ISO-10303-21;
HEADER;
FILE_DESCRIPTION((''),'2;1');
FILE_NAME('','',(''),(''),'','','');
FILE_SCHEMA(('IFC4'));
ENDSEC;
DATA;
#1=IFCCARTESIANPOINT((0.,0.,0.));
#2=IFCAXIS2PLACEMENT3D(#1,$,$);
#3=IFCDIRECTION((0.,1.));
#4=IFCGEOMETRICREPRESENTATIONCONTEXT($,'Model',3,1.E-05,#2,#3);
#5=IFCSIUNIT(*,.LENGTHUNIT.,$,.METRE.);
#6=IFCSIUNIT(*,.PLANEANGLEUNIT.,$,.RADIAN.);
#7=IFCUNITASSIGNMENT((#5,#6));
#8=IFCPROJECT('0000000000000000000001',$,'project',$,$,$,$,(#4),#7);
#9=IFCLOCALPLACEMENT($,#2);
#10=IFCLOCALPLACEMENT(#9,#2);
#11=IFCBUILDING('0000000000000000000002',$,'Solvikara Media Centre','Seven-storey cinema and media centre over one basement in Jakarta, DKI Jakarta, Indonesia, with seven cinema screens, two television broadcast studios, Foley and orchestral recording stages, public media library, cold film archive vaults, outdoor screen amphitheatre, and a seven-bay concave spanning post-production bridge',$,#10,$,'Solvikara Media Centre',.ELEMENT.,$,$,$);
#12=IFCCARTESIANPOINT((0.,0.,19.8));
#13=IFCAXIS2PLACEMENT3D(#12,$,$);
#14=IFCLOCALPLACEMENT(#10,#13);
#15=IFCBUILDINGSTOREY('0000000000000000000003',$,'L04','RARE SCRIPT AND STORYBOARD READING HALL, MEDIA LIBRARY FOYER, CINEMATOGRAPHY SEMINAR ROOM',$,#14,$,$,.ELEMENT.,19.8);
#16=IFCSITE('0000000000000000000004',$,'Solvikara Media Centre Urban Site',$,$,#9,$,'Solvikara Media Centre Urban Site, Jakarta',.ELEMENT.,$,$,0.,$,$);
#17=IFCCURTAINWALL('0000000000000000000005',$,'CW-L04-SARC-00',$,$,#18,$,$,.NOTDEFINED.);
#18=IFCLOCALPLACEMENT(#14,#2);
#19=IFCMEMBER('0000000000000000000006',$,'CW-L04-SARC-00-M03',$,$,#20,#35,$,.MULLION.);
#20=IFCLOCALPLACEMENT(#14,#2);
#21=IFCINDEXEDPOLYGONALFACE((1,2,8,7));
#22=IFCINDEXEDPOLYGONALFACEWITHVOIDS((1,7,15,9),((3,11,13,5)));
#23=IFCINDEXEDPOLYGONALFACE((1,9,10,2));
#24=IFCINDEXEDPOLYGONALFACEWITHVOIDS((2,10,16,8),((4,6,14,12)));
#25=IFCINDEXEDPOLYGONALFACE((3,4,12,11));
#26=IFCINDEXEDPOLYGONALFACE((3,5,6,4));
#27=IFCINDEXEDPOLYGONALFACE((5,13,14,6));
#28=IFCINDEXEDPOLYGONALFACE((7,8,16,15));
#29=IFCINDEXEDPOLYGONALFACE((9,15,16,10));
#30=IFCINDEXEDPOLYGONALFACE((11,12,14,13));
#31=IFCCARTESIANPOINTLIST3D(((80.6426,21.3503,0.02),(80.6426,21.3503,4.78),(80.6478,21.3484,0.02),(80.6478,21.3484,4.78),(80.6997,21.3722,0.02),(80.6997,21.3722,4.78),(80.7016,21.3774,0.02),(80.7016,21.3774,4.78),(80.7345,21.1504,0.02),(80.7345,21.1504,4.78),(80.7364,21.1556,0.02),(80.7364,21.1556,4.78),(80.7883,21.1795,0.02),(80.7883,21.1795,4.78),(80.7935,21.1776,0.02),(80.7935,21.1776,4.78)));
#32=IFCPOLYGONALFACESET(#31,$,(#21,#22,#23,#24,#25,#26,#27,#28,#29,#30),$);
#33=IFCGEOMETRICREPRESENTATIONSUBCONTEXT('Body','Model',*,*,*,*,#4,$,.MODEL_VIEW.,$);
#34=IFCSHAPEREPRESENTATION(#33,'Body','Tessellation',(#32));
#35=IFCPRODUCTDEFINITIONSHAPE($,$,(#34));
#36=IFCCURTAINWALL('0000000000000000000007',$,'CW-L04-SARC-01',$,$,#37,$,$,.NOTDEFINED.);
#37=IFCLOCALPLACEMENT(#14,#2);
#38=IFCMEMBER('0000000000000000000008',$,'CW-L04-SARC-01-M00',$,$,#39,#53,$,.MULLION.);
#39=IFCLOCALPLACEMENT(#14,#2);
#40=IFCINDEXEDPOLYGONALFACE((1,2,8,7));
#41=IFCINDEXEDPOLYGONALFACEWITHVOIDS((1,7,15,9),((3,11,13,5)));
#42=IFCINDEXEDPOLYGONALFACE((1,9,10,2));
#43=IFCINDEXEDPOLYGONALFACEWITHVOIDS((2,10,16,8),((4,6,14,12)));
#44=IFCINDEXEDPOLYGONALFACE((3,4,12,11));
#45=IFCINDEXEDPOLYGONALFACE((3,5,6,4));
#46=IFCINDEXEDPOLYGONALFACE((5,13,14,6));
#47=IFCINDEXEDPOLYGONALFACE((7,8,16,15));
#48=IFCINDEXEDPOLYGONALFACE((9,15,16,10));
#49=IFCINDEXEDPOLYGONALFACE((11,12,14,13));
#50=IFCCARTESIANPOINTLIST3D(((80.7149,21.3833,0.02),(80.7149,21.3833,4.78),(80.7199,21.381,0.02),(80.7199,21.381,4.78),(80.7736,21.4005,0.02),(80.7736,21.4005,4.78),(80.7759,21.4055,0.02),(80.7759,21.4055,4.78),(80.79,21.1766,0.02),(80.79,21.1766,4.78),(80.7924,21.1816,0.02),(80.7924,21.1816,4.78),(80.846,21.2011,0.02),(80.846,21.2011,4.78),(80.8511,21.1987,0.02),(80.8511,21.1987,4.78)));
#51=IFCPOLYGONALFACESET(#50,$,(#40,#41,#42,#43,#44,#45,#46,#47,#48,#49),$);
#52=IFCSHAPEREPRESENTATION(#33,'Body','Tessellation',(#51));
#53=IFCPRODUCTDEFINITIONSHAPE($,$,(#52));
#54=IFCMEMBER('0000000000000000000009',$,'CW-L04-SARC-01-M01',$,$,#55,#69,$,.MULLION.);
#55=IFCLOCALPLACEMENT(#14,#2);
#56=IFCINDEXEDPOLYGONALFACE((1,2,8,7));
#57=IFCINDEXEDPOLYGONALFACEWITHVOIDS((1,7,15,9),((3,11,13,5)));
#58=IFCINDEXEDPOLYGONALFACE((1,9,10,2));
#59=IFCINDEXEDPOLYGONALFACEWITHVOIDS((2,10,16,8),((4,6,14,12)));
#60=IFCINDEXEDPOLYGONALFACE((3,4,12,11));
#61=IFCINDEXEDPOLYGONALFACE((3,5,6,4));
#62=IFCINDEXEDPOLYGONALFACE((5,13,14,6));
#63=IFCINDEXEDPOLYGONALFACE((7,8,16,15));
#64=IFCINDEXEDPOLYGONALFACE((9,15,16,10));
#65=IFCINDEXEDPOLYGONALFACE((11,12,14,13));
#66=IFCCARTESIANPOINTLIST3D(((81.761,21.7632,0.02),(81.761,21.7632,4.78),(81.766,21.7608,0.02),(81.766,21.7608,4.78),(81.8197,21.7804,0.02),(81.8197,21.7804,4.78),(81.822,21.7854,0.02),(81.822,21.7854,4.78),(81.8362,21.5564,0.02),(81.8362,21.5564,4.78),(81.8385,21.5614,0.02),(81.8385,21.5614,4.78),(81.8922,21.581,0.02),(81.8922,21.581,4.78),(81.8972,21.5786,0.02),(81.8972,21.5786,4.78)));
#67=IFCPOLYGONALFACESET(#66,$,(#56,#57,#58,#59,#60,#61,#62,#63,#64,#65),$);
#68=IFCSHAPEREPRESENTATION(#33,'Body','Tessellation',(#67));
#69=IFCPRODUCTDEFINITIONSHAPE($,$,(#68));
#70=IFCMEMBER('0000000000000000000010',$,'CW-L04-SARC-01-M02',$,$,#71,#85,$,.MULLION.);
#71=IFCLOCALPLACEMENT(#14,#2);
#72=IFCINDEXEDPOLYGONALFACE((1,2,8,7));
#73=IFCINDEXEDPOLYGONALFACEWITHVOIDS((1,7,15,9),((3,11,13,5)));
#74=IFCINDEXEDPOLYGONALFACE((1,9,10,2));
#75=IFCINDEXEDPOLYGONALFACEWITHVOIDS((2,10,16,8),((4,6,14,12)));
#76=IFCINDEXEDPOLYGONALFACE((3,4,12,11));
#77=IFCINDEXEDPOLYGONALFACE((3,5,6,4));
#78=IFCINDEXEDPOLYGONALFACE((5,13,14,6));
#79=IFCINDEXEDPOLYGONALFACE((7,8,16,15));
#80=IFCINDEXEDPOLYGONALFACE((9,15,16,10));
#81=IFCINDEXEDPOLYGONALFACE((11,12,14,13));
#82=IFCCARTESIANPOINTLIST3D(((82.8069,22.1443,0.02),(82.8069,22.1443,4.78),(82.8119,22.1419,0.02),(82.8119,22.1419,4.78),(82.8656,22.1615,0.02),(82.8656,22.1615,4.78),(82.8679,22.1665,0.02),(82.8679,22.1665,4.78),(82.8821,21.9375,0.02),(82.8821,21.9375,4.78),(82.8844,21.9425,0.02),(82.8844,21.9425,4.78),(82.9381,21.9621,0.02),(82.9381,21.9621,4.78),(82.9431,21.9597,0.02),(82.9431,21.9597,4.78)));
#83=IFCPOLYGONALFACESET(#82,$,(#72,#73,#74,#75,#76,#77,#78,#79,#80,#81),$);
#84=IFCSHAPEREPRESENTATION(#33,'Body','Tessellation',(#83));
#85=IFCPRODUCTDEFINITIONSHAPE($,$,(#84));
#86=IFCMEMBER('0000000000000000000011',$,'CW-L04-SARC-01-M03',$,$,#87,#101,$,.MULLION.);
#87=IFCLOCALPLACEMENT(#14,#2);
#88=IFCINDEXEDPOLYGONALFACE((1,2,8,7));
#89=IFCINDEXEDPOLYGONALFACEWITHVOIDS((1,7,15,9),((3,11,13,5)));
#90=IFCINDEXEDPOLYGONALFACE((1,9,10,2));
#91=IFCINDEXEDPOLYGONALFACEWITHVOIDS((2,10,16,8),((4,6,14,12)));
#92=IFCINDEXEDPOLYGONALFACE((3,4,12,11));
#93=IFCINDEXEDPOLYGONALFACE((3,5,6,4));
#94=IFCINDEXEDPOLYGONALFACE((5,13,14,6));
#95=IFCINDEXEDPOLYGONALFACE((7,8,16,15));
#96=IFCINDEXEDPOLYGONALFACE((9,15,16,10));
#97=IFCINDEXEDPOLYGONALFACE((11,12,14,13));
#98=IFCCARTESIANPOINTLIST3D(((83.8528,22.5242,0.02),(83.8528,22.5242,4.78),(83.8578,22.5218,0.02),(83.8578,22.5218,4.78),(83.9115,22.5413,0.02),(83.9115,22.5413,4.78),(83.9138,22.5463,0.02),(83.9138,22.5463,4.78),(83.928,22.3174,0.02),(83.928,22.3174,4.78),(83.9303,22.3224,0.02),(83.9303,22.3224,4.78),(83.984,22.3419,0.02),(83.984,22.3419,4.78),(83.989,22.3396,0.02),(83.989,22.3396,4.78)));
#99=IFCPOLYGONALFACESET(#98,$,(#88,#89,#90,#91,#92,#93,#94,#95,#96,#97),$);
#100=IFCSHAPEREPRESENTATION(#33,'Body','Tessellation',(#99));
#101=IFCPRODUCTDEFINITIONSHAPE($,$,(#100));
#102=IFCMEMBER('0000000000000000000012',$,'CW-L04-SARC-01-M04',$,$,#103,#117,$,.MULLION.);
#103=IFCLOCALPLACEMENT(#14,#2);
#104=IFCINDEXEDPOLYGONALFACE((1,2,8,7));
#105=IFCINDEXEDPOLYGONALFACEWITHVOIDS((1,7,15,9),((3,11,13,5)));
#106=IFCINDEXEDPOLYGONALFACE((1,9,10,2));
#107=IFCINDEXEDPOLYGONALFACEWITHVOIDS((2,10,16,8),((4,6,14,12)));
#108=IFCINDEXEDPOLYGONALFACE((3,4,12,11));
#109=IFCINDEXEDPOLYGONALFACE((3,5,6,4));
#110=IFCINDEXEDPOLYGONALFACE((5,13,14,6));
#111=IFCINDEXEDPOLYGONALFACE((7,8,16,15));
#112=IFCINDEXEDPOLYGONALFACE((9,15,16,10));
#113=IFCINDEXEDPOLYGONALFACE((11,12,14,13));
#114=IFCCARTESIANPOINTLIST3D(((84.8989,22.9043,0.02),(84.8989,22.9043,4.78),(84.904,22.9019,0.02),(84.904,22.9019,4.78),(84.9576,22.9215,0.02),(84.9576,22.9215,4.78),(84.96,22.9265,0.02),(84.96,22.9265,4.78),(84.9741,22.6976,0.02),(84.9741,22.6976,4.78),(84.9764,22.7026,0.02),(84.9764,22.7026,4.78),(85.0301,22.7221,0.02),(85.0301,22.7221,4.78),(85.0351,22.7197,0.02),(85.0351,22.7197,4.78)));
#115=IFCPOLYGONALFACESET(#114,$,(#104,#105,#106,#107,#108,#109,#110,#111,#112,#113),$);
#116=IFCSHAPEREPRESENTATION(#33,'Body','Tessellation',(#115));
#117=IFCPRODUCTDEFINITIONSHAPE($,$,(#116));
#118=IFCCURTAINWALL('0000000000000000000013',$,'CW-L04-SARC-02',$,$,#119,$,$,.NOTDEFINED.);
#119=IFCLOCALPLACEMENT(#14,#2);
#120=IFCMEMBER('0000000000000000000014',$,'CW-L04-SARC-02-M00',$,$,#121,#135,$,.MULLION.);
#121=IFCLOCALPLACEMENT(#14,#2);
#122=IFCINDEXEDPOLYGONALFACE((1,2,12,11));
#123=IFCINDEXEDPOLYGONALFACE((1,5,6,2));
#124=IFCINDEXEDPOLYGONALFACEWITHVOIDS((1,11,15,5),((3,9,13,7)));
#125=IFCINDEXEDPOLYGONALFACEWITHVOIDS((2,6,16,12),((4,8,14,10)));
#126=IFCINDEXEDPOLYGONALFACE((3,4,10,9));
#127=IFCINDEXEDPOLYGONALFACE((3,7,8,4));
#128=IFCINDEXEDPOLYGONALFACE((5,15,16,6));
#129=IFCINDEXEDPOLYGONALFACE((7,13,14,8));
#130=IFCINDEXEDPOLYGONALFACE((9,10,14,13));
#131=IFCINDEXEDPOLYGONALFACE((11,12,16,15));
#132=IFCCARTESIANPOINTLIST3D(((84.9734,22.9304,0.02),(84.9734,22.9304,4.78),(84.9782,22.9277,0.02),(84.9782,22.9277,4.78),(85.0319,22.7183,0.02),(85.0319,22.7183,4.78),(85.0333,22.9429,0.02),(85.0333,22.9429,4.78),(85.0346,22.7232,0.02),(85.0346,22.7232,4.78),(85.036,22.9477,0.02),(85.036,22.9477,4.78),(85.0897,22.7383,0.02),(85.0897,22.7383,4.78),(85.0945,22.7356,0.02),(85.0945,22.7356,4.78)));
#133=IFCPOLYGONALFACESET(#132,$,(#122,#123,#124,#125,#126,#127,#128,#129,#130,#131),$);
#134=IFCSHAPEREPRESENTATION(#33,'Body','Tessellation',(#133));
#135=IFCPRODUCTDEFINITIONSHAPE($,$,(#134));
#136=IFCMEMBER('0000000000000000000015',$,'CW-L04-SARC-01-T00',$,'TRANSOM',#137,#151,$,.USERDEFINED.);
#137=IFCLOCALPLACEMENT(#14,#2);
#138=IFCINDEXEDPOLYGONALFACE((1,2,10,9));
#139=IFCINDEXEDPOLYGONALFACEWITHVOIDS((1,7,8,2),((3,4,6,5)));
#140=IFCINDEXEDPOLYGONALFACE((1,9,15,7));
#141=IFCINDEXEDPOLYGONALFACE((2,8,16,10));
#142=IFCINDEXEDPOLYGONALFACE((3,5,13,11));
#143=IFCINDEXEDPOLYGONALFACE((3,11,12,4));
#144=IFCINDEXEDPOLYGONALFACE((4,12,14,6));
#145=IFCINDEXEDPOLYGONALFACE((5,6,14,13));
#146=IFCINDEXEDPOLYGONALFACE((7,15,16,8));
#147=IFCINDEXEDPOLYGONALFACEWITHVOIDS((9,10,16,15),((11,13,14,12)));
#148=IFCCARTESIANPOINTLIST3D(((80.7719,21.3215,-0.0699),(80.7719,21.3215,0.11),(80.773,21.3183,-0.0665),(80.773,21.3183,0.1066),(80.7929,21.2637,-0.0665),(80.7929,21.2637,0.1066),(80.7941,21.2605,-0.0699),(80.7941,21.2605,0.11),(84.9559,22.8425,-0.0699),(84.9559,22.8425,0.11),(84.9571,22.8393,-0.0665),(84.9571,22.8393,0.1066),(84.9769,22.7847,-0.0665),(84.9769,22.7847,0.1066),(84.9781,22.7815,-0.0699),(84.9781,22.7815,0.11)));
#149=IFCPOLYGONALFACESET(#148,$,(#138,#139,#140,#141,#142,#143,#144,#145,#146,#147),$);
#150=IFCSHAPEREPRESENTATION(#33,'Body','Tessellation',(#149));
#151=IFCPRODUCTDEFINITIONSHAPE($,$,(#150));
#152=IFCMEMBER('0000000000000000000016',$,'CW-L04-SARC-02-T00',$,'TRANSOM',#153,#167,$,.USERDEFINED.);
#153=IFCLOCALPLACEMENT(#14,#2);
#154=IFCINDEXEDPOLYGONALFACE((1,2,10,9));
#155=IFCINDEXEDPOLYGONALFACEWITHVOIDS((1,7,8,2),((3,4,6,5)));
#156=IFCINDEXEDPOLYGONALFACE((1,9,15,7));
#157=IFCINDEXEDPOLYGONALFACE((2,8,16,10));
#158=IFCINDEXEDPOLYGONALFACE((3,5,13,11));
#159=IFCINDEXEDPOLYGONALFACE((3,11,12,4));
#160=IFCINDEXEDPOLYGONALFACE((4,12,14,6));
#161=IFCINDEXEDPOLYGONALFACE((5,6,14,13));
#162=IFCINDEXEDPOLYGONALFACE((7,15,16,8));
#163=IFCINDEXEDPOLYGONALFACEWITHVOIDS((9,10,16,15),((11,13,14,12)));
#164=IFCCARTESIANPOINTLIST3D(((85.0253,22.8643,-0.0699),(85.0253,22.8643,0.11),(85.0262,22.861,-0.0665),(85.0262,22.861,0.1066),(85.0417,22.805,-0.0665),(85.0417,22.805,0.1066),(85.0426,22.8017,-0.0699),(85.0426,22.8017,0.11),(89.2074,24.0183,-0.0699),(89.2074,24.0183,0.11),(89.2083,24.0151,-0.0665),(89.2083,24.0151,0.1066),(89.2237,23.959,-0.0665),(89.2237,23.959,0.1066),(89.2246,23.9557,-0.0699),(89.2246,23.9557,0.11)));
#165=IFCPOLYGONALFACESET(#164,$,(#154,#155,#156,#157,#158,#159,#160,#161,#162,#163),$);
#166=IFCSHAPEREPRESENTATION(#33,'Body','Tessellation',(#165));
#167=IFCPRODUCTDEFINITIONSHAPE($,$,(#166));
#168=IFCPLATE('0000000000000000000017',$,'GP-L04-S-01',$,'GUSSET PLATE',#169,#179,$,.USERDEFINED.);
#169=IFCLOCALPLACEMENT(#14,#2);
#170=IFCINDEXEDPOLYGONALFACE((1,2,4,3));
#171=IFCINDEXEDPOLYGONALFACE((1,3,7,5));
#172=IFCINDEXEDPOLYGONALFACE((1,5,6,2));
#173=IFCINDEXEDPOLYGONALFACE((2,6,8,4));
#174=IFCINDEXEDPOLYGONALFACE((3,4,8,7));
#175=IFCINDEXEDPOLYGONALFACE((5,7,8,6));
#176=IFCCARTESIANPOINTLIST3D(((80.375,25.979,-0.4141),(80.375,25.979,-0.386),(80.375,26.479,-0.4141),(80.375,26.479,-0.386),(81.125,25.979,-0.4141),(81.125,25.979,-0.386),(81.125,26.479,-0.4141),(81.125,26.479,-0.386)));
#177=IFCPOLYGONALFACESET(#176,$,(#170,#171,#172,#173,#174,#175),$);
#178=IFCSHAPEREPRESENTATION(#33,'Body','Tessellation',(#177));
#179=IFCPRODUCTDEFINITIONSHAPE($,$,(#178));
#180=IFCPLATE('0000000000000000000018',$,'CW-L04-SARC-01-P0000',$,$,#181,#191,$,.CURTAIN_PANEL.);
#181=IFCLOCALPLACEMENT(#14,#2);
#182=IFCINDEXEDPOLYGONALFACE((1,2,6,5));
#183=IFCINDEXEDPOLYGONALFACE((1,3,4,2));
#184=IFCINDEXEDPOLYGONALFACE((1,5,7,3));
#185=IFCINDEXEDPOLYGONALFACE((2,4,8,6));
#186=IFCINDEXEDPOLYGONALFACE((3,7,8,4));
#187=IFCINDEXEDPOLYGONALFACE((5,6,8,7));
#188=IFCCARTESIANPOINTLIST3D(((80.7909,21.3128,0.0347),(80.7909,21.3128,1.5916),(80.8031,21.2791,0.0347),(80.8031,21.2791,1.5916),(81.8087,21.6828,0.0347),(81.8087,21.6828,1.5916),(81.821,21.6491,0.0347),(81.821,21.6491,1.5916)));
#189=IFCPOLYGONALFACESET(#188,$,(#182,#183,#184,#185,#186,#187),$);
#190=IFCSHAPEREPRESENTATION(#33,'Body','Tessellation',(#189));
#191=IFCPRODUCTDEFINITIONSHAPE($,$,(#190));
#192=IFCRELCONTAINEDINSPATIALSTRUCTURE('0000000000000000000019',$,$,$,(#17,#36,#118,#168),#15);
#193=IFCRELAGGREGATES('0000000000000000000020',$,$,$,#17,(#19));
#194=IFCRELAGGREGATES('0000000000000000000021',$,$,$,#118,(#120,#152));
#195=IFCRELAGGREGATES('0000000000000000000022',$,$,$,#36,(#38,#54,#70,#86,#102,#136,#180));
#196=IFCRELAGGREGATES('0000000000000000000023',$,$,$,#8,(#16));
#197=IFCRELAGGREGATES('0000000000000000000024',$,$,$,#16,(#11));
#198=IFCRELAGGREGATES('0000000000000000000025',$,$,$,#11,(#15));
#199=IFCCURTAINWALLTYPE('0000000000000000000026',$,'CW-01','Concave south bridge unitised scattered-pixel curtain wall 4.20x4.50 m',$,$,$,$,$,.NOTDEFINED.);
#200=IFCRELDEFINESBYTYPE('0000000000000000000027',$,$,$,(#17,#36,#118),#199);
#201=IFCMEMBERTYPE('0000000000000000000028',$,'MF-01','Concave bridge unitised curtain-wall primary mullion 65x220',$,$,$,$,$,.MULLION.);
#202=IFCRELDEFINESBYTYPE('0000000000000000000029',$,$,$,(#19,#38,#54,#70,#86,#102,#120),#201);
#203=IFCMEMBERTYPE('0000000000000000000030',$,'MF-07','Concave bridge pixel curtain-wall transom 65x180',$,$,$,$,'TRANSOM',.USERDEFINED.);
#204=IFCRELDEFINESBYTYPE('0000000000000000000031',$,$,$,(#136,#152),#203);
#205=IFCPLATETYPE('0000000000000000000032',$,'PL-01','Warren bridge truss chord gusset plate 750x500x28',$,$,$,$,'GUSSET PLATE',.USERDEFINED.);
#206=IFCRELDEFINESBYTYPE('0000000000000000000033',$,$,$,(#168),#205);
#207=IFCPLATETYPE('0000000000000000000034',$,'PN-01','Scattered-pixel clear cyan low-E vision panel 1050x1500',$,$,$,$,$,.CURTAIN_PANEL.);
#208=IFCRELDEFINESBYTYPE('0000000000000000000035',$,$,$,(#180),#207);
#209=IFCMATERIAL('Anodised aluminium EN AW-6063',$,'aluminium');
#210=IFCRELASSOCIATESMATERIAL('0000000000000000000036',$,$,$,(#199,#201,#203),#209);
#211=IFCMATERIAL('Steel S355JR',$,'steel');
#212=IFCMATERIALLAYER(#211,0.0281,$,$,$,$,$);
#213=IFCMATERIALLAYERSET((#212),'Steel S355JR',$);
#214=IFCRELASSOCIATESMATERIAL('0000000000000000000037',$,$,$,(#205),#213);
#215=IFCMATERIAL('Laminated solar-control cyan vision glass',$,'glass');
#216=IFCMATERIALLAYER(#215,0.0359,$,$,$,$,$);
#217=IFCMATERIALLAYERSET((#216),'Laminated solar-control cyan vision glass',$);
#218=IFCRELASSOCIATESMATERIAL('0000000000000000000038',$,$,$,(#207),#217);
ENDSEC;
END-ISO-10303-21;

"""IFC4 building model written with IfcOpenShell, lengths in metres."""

from ifc_helpers import new_model, si_unit, direction, frame, origin, origin_2d, place, context, subcontext, project, spatial, rectangle, hollow_rectangle, extrude, material, layer, layer_set, material_profile, profile_set, type_object, element, aggregate, save


model = new_model("IFC4")

# Units and contexts
model_context = context("Model", 3, precision=1e-05, world=origin(), true_north=direction((0.0, 1.0)))
body_context = subcontext(model_context, "Body", "Model", "MODEL_VIEW")
ifc_project = project(units=[si_unit("LENGTHUNIT", "METRE"), si_unit("PLANEANGLEUNIT", "RADIAN")], contexts=[model_context])

# Site, building, storey
site_placement = place(None, origin())
site = spatial("IfcSite", under=ifc_project, at=site_placement, Name="Solvikara Media Centre Urban Site", LongName="Solvikara Media Centre Urban Site, Jakarta", CompositionType="ELEMENT", RefElevation=0.0)
building_placement = place(site_placement, origin())
building = spatial("IfcBuilding", under=site, at=building_placement, Name="Solvikara Media Centre", Description="Seven-storey cinema and media centre over one basement in Jakarta, DKI Jakarta, Indonesia, with seven cinema screens, two television broadcast studios, Foley and orchestral recording stages, public media library, cold film archive vaults, outdoor screen amphitheatre, and a seven-bay concave spanning post-production bridge", LongName="Solvikara Media Centre", CompositionType="ELEMENT")
storey_placement = place(building_placement, frame((0.0, 0.0, 19.8)))
storey = spatial("IfcBuildingStorey", under=building, at=storey_placement, Name="L04", Description="RARE SCRIPT AND STORYBOARD READING HALL, MEDIA LIBRARY FOYER, CINEMATOGRAPHY SEMINAR ROOM", CompositionType="ELEMENT", Elevation=19.8)

# Shared definitions
ifc_material_1 = material(Name="Steel S355JR", Category="steel")

# Curtain wall, member
ifc_material_2 = material(Name="Anodised aluminium EN AW-6063", Category="aluminium")
curtain_wall_type = type_object("IfcCurtainWallType", Name="CW-01", Description="Concave south bridge unitised scattered-pixel curtain wall 4.20x4.50 m", PredefinedType="NOTDEFINED", material=ifc_material_2)
curtain_wall_1_placement = place(storey_placement, origin())
curtain_wall_1 = element("IfcCurtainWall", 1, at=curtain_wall_1_placement, inside=storey, type_object=curtain_wall_type, Name="CW-L04-SARC-00", PredefinedType="NOTDEFINED")
ifc_material_profile_1 = material_profile(ifc_material_2, hollow_rectangle(XDim=0.0649, YDim=0.22, WallThickness=0.0039, at=origin_2d()), Name="ALU-M 65x220x4")
ifc_profile_set_1 = profile_set([ifc_material_profile_1], Name="Anodised aluminium EN AW-6063")
member_type_1 = type_object("IfcMemberType", Name="MF-01", Description="Concave bridge unitised curtain-wall primary mullion 65x220", PredefinedType="MULLION", material=ifc_profile_set_1)
member_1_placement = place(storey_placement, frame((80.718, 21.2639, 0.02), z_axis=(0.0, 0.0, 1.0), x_axis=(0.908567, 0.41774, 0.0)))
member_1 = element("IfcMember", 2, at=member_1_placement, type_object=member_type_1, Name="CW-L04-SARC-00-M03", PredefinedType="MULLION", context=body_context, shape_type="SweptSolid", body=[
    extrude(hollow_rectangle(XDim=0.0649, YDim=0.22, WallThickness=0.0039, at=origin_2d()), origin(), (0.0, 0.0, 1.0), 4.76),
])
aggregate(curtain_wall_1, [member_1])

# Curtain wall, members
curtain_wall_2_placement = place(storey_placement, origin())
curtain_wall_2 = element("IfcCurtainWall", 3, at=curtain_wall_2_placement, inside=storey, type_object=curtain_wall_type, Name="CW-L04-SARC-01", PredefinedType="NOTDEFINED")
member_2_placement = place(storey_placement, frame((80.783, 21.291, 0.02), z_axis=(0.0, 0.0, 1.0), x_axis=(0.939824, 0.341659, 0.0)))
member_2 = element("IfcMember", 4, at=member_2_placement, type_object=member_type_1, Name="CW-L04-SARC-01-M00", PredefinedType="MULLION", context=body_context, shape_type="SweptSolid", body=[
    extrude(hollow_rectangle(XDim=0.0649, YDim=0.22, WallThickness=0.0039, at=origin_2d()), origin(), (0.0, 0.0, 1.0), 4.76),
])
member_3_placement = place(storey_placement, frame((81.8291, 21.6709, 0.02), z_axis=(0.0, 0.0, 1.0), x_axis=(0.939824, 0.341659, 0.0)))
member_3 = element("IfcMember", 5, at=member_3_placement, type_object=member_type_1, Name="CW-L04-SARC-01-M01", PredefinedType="MULLION", context=body_context, shape_type="SweptSolid", body=[
    extrude(hollow_rectangle(XDim=0.0649, YDim=0.22, WallThickness=0.0039, at=origin_2d()), origin(), (0.0, 0.0, 1.0), 4.76),
])
member_4_placement = place(storey_placement, frame((82.875, 22.052, 0.02), z_axis=(0.0, 0.0, 1.0), x_axis=(0.939824, 0.341659, 0.0)))
member_4 = element("IfcMember", 6, at=member_4_placement, type_object=member_type_1, Name="CW-L04-SARC-01-M02", PredefinedType="MULLION", context=body_context, shape_type="SweptSolid", body=[
    extrude(hollow_rectangle(XDim=0.0649, YDim=0.22, WallThickness=0.0039, at=origin_2d()), origin(), (0.0, 0.0, 1.0), 4.76),
])
member_5_placement = place(storey_placement, frame((83.9209, 22.4319, 0.02), z_axis=(0.0, 0.0, 1.0), x_axis=(0.939824, 0.341659, 0.0)))
member_5 = element("IfcMember", 7, at=member_5_placement, type_object=member_type_1, Name="CW-L04-SARC-01-M03", PredefinedType="MULLION", context=body_context, shape_type="SweptSolid", body=[
    extrude(hollow_rectangle(XDim=0.0649, YDim=0.22, WallThickness=0.0039, at=origin_2d()), origin(), (0.0, 0.0, 1.0), 4.76),
])
member_6_placement = place(storey_placement, frame((84.967, 22.812, 0.02), z_axis=(0.0, 0.0, 1.0), x_axis=(0.939824, 0.341659, 0.0)))
member_6 = element("IfcMember", 8, at=member_6_placement, type_object=member_type_1, Name="CW-L04-SARC-01-M04", PredefinedType="MULLION", context=body_context, shape_type="SweptSolid", body=[
    extrude(hollow_rectangle(XDim=0.0649, YDim=0.22, WallThickness=0.0039, at=origin_2d()), origin(), (0.0, 0.0, 1.0), 4.76),
])

# Curtain wall, member
curtain_wall_3_placement = place(storey_placement, origin())
curtain_wall_3 = element("IfcCurtainWall", 9, at=curtain_wall_3_placement, inside=storey, type_object=curtain_wall_type, Name="CW-L04-SARC-02", PredefinedType="NOTDEFINED")
member_7_placement = place(storey_placement, frame((85.0339, 22.833, 0.02), z_axis=(0.0, 0.0, 1.0), x_axis=(0.96397, 0.26601, 0.0)))
member_7 = element("IfcMember", 10, at=member_7_placement, type_object=member_type_1, Name="CW-L04-SARC-02-M00", PredefinedType="MULLION", context=body_context, shape_type="SweptSolid", body=[
    extrude(hollow_rectangle(XDim=0.0649, YDim=0.22, WallThickness=0.0039, at=origin_2d()), origin(), (0.0, 0.0, 1.0), 4.76),
])

# Members
ifc_material_profile_2 = material_profile(ifc_material_2, hollow_rectangle(XDim=0.0649, YDim=0.1799, WallThickness=0.0034, at=origin_2d()), Name="ALU-T 65x180x3.5")
ifc_profile_set_2 = profile_set([ifc_material_profile_2], Name="Anodised aluminium EN AW-6063")
member_type_2 = type_object("IfcMemberType", Name="MF-07", Description="Concave bridge pixel curtain-wall transom 65x180", ElementType="TRANSOM", PredefinedType="USERDEFINED", material=ifc_profile_set_2)
member_8_placement = place(storey_placement, frame((80.783, 21.291, 0.02), z_axis=(0.939829, 0.341646, 0.0), x_axis=(-0.341646, 0.939829, 0.0)))
member_8 = element("IfcMember", 11, at=member_8_placement, type_object=member_type_2, Name="CW-L04-SARC-01-T00", ObjectType="TRANSOM", PredefinedType="USERDEFINED", context=body_context, shape_type="SweptSolid", body=[
    extrude(hollow_rectangle(XDim=0.0649, YDim=0.1799, WallThickness=0.0034, at=origin_2d()), origin(), (0.0, 0.0, 1.0), 4.4519),
])
member_9_placement = place(storey_placement, frame((85.0339, 22.833, 0.02), z_axis=(0.963971, 0.266007, 0.0), x_axis=(-0.266007, 0.963971, 0.0)))
member_9 = element("IfcMember", 12, at=member_9_placement, type_object=member_type_2, Name="CW-L04-SARC-02-T00", ObjectType="TRANSOM", PredefinedType="USERDEFINED", context=body_context, shape_type="SweptSolid", body=[
    extrude(hollow_rectangle(XDim=0.0649, YDim=0.1799, WallThickness=0.0034, at=origin_2d()), origin(), (0.0, 0.0, 1.0), 4.3384),
])
aggregate(curtain_wall_3, [member_7, member_9])

# Plates
ifc_layer_1 = layer(ifc_material_1, 0.0281)
ifc_layer_set_1 = layer_set([ifc_layer_1], Name="Steel S355JR")
plate_type_1 = type_object("IfcPlateType", Name="PL-01", Description="Warren bridge truss chord gusset plate 750x500x28", ElementType="GUSSET PLATE", PredefinedType="USERDEFINED", material=ifc_layer_set_1)
plate_1_placement = place(storey_placement, frame((80.75, 26.229, -0.4141), z_axis=(0.0, 0.0, 1.0), x_axis=(1.0, 0.0, 0.0)))
element("IfcPlate", 13, at=plate_1_placement, inside=storey, type_object=plate_type_1, Name="GP-L04-S-01", ObjectType="GUSSET PLATE", PredefinedType="USERDEFINED", context=body_context, shape_type="SweptSolid", body=[
    extrude(rectangle(XDim=0.75, YDim=0.5, at=origin_2d()), origin(), (0.0, 0.0, 1.0), 0.0281),
])
ifc_material_3 = material(Name="Laminated solar-control cyan vision glass", Category="glass")
ifc_layer_2 = layer(ifc_material_3, 0.0359)
ifc_layer_set_2 = layer_set([ifc_layer_2], Name="Laminated solar-control cyan vision glass")
plate_type_2 = type_object("IfcPlateType", Name="PN-01", Description="Scattered-pixel clear cyan low-E vision panel 1050x1500", PredefinedType="CURTAIN_PANEL", material=ifc_layer_set_2)
plate_2_placement = place(storey_placement, frame((81.3059, 21.481, 0.0347), z_axis=(0.0, 0.0, 1.0), x_axis=(0.939824, 0.341659, 0.0)))
plate_2 = element("IfcPlate", 14, at=plate_2_placement, type_object=plate_type_2, Name="CW-L04-SARC-01-P0000", PredefinedType="CURTAIN_PANEL", context=body_context, shape_type="SweptSolid", body=[
    extrude(rectangle(XDim=1.083, YDim=0.0359, at=origin_2d()), origin(), (0.0, 0.0, 1.0), 1.5569),
])
aggregate(curtain_wall_2, [member_2, member_3, member_4, member_5, member_6, member_8, plate_2])

save(model, "model.ifc")
